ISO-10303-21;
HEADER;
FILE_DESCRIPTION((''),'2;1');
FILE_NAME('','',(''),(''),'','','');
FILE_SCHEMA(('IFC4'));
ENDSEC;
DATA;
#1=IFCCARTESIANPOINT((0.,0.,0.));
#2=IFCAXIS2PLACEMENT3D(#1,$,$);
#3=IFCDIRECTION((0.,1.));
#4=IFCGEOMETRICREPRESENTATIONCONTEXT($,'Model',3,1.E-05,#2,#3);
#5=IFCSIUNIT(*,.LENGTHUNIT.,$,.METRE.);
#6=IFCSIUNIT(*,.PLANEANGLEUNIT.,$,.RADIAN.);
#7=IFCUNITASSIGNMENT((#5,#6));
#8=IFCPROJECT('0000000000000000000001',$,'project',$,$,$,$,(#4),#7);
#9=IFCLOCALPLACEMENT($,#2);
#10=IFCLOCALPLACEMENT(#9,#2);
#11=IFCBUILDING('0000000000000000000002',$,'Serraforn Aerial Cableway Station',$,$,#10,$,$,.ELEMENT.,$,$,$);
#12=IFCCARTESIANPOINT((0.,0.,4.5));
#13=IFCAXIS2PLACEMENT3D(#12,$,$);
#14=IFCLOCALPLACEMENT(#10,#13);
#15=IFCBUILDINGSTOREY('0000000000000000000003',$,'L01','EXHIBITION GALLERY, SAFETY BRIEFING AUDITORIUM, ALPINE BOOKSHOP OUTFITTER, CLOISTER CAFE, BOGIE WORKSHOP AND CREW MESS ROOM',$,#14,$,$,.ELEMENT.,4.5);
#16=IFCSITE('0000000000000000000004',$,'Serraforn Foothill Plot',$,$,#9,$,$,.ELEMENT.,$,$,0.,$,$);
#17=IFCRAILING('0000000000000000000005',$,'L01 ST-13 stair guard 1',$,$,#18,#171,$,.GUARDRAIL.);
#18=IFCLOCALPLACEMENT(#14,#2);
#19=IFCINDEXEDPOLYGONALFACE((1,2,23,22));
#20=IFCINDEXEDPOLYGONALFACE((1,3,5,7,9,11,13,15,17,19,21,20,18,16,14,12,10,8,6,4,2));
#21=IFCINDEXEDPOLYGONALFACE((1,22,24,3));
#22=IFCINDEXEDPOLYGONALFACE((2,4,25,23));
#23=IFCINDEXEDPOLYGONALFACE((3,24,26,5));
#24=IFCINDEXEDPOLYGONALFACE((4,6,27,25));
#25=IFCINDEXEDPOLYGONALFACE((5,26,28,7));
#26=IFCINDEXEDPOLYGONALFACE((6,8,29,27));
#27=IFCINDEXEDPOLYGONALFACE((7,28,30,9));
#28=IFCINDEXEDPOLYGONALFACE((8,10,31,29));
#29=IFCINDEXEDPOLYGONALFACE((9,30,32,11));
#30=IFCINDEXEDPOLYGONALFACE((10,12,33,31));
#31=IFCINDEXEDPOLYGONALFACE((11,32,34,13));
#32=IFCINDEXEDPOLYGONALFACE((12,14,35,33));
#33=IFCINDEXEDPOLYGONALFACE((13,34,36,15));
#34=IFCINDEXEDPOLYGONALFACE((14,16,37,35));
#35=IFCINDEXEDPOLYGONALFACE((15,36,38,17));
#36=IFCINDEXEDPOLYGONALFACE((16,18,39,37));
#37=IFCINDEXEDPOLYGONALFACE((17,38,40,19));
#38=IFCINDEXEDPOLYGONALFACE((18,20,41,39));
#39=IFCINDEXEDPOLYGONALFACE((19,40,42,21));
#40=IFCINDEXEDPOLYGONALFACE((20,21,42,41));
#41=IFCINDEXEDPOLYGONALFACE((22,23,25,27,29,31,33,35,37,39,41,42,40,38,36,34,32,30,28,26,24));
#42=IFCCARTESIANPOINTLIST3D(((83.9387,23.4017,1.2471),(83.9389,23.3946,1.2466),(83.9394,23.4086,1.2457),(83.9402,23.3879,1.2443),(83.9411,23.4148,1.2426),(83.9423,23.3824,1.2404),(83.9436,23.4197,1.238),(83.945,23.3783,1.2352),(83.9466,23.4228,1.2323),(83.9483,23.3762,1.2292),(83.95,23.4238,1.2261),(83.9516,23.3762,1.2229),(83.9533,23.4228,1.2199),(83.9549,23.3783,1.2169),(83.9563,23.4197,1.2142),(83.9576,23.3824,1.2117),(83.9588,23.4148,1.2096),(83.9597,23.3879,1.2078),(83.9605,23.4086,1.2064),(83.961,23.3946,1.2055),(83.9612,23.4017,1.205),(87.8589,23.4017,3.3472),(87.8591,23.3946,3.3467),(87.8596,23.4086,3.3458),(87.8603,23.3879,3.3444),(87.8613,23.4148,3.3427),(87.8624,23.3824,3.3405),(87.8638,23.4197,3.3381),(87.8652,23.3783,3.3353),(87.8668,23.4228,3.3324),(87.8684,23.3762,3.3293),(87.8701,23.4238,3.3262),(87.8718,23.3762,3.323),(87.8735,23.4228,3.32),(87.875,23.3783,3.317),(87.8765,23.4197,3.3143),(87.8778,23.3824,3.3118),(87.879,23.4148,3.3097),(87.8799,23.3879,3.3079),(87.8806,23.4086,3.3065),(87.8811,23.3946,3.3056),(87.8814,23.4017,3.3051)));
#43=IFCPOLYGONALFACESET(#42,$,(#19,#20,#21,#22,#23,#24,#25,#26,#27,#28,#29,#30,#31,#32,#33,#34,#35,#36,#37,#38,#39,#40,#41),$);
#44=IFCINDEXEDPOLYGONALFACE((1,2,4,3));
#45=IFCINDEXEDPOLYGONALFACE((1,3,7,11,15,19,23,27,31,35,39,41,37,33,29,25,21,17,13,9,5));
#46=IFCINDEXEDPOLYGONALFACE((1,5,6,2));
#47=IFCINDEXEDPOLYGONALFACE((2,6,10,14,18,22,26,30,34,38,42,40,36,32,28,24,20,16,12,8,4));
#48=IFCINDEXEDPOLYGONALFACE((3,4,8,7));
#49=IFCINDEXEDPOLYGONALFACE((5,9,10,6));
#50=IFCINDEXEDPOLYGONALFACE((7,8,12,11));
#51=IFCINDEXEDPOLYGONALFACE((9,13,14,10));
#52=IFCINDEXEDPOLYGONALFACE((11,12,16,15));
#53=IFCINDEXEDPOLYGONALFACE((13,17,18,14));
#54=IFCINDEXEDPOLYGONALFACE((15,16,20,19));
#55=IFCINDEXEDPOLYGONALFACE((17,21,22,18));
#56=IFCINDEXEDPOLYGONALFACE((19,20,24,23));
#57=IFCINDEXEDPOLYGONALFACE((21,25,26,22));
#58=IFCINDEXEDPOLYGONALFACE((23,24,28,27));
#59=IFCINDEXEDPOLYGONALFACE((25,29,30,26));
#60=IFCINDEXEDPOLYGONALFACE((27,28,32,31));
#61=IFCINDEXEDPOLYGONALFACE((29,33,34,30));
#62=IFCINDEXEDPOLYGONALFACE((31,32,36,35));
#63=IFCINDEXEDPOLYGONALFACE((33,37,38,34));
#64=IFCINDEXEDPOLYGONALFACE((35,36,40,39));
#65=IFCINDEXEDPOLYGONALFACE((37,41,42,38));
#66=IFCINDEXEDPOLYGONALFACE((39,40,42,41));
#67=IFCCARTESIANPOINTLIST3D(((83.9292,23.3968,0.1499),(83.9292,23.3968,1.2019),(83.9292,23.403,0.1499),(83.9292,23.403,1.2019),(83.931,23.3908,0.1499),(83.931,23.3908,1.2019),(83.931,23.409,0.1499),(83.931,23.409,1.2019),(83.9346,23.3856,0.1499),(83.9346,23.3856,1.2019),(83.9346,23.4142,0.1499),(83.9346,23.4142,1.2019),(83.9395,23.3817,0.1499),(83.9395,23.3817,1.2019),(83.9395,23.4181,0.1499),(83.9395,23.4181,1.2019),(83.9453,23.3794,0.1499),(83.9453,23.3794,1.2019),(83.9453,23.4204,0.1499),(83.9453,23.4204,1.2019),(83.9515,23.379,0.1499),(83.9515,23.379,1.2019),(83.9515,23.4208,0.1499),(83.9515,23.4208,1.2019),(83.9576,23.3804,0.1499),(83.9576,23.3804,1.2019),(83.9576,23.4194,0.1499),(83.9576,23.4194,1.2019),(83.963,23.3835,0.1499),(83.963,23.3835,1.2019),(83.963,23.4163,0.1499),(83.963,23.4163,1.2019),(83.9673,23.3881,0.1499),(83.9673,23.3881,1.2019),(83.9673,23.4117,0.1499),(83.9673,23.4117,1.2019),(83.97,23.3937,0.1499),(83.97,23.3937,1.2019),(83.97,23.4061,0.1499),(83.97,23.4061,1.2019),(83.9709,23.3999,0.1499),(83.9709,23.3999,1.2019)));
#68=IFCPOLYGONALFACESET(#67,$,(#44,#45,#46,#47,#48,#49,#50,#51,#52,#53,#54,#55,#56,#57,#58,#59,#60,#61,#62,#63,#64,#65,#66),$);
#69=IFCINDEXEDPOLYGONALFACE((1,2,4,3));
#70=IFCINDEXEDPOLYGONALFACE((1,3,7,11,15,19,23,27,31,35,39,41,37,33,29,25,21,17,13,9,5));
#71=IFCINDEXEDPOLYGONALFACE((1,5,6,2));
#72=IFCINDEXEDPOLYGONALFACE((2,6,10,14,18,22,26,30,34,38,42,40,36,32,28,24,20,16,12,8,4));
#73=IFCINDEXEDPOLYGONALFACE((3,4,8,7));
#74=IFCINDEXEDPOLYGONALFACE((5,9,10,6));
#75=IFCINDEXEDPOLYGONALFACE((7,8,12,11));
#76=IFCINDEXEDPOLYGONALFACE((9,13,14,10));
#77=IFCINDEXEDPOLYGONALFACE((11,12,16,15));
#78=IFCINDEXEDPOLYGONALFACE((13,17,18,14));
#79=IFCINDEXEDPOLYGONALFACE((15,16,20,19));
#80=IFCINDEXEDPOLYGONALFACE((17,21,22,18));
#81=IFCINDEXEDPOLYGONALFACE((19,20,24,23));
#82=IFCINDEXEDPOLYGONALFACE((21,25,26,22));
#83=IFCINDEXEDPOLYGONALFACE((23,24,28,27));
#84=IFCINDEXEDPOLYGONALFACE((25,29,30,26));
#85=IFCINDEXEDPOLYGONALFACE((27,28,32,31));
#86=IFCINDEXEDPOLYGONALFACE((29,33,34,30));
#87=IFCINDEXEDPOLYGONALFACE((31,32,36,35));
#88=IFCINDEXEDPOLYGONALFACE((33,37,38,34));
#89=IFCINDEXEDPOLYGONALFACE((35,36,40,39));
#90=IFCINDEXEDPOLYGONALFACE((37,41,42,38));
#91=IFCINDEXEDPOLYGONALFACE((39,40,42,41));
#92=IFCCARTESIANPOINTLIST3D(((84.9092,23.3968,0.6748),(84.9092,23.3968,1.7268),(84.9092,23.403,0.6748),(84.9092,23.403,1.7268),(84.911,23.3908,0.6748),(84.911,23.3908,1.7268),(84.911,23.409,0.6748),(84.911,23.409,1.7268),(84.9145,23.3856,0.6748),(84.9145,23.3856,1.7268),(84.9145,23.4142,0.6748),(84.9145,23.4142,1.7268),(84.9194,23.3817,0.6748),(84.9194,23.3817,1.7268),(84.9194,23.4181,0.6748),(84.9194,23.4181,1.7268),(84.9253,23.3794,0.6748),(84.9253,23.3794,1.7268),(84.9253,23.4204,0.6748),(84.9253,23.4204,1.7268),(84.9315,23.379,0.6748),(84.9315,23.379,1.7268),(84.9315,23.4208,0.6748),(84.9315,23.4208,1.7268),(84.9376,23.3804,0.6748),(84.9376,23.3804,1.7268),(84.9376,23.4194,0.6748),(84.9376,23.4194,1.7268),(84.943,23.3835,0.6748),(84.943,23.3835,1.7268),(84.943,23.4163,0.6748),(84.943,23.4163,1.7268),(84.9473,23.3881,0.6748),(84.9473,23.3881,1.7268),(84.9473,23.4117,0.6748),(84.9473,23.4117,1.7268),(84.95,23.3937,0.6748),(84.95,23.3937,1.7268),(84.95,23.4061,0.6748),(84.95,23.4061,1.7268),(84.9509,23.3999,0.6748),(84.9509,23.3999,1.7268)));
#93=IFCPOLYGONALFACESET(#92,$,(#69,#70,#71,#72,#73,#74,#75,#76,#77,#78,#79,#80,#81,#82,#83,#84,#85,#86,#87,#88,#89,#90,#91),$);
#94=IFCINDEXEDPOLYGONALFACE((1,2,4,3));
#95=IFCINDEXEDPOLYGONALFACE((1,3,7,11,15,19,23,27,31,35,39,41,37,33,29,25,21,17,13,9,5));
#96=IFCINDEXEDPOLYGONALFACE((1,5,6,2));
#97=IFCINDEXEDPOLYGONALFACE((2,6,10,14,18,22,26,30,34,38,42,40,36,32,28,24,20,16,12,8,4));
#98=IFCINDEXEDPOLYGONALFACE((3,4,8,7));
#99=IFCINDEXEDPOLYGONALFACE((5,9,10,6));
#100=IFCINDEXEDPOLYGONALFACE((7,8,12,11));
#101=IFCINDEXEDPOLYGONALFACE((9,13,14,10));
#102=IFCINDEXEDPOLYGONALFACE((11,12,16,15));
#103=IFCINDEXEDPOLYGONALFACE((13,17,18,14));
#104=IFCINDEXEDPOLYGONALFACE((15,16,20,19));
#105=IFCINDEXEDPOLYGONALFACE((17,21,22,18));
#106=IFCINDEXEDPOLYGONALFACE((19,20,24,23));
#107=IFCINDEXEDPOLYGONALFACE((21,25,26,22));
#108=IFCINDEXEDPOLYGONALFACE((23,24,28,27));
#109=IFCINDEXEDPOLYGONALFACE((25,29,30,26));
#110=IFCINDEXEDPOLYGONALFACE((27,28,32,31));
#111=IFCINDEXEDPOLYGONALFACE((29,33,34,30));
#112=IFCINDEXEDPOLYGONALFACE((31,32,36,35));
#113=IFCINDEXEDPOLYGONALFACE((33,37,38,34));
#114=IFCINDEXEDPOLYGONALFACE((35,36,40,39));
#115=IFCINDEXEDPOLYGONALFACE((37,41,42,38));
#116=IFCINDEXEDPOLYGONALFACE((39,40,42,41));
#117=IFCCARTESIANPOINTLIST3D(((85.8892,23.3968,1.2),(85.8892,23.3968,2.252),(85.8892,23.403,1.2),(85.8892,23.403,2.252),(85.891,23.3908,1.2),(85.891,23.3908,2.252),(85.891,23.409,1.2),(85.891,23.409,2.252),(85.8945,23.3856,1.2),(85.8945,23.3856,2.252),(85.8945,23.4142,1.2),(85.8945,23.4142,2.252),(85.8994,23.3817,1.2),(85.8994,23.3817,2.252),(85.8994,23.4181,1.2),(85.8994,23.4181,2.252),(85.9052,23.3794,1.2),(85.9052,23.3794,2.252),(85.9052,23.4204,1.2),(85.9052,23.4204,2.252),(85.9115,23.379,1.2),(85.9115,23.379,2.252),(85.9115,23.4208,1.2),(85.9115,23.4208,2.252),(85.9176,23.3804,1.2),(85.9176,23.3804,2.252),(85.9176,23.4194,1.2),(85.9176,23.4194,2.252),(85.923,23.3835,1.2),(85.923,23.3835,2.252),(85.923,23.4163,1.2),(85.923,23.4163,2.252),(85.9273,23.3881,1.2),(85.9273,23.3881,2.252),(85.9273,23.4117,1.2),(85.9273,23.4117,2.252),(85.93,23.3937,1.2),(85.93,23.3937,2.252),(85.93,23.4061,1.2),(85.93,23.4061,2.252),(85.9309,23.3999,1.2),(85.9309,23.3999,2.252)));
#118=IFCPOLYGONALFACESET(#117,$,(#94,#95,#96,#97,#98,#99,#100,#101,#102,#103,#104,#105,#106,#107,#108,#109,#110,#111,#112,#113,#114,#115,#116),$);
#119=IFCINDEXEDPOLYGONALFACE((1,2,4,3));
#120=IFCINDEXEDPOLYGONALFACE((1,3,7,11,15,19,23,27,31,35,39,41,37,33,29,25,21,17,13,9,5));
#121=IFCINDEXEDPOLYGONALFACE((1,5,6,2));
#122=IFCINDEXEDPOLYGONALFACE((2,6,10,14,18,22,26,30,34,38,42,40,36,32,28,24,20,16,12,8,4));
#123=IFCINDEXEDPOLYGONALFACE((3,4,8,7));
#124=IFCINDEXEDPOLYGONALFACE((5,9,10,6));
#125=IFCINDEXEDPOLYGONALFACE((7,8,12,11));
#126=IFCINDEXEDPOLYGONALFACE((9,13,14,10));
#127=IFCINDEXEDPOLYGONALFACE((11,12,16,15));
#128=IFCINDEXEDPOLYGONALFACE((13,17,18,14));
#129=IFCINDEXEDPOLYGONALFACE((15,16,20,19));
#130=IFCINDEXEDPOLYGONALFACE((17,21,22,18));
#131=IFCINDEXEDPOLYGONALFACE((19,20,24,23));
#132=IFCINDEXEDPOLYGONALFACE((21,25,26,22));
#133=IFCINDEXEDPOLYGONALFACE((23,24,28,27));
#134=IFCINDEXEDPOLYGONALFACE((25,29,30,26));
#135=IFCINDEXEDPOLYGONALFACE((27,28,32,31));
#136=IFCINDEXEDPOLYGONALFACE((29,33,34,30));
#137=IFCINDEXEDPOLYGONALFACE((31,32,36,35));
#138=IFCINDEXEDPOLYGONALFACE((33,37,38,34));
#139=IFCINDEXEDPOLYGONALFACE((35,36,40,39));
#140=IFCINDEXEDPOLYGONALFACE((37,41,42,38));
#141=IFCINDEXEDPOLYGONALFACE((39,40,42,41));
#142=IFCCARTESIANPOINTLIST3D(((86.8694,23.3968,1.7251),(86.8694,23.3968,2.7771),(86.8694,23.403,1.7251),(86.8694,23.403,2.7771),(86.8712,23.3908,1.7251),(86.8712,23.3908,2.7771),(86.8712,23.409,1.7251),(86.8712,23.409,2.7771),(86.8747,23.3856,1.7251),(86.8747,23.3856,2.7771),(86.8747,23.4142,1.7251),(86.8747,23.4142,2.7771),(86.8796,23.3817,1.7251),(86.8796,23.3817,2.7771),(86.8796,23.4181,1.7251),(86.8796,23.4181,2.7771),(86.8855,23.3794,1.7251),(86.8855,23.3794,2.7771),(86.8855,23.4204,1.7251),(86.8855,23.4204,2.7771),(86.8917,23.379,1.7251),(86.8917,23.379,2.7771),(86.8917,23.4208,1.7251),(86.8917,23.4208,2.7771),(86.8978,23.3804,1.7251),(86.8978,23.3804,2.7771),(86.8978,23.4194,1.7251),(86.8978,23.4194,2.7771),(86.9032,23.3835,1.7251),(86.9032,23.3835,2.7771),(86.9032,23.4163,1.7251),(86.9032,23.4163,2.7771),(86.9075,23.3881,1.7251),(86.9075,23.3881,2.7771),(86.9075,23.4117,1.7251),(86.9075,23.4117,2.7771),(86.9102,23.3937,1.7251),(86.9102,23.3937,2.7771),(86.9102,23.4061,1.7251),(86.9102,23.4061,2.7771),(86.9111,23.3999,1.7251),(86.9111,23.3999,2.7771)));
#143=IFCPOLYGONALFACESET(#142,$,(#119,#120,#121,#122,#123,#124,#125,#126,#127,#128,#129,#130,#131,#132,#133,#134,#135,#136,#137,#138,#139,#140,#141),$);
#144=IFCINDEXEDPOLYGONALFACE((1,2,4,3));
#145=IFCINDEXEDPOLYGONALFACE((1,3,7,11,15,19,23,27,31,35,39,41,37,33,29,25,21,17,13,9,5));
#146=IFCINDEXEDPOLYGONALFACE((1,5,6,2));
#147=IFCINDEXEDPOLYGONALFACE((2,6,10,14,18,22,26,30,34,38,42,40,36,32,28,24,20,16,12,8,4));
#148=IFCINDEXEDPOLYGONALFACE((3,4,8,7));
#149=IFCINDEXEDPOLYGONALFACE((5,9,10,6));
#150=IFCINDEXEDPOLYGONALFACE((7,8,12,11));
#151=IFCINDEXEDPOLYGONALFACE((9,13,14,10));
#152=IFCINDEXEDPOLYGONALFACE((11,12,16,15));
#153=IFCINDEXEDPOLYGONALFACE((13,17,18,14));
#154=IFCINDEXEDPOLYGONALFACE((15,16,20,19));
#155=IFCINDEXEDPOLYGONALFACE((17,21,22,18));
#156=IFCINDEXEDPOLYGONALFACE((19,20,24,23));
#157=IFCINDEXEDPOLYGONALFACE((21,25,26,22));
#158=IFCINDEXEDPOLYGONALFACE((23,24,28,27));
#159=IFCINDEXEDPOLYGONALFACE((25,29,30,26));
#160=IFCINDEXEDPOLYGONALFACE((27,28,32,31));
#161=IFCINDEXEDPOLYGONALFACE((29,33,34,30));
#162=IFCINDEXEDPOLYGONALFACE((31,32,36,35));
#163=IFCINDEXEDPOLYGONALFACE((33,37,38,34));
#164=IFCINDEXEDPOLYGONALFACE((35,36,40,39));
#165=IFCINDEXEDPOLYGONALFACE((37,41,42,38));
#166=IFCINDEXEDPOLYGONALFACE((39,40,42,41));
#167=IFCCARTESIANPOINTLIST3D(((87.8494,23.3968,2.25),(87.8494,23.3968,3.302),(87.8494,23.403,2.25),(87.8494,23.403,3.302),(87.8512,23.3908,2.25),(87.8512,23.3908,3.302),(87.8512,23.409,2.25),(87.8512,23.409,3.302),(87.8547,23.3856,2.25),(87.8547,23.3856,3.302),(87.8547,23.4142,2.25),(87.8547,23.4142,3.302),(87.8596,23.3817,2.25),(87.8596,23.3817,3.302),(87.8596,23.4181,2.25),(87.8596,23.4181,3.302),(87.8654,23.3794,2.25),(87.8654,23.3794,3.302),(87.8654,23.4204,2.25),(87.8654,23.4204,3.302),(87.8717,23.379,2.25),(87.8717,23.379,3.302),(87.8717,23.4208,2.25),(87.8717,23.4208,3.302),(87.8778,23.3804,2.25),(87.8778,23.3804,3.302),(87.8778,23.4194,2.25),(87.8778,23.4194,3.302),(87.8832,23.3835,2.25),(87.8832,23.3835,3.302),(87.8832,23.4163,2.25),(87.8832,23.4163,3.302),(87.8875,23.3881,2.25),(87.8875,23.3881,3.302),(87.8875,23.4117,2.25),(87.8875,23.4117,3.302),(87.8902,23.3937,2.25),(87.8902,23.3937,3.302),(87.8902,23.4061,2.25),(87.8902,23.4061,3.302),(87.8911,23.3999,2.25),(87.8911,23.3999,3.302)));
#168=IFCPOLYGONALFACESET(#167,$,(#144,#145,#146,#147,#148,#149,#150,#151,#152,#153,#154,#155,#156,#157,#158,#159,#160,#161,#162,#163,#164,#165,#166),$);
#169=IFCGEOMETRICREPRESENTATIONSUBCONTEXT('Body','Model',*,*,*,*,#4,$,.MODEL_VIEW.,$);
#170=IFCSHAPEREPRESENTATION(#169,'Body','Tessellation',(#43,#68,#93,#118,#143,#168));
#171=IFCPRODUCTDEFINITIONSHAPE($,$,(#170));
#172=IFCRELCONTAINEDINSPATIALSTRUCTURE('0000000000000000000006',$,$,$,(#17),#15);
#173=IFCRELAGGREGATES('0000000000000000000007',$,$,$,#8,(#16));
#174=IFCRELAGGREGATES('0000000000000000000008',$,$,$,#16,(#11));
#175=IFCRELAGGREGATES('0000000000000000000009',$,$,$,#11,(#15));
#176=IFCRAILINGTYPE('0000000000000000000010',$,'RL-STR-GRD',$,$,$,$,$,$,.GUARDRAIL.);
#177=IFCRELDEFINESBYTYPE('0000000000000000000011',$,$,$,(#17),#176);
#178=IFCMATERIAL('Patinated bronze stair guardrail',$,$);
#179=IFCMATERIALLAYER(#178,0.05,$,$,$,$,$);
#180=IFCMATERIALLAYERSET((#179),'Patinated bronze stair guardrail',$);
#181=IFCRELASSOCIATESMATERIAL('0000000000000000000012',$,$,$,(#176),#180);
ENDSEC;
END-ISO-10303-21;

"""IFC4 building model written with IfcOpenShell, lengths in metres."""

from ifc_helpers import new_model, si_unit, direction, frame, origin, origin_2d, place, context, subcontext, project, spatial, circle, extrude, material, layer, layer_set, type_object, element, save


model = new_model("IFC4")

# Units and contexts
model_context = context("Model", 3, precision=1e-05, world=origin(), true_north=direction((0.0, 1.0)))
body_context = subcontext(model_context, "Body", "Model", "MODEL_VIEW")
ifc_project = project(units=[si_unit("LENGTHUNIT", "METRE"), si_unit("PLANEANGLEUNIT", "RADIAN")], contexts=[model_context])

# Site, building, storey
site_placement = place(None, origin())
site = spatial("IfcSite", under=ifc_project, at=site_placement, Name="Serraforn Foothill Plot", CompositionType="ELEMENT", RefElevation=0.0)
building_placement = place(site_placement, origin())
building = spatial("IfcBuilding", under=site, at=building_placement, Name="Serraforn Aerial Cableway Station", CompositionType="ELEMENT")
storey_placement = place(building_placement, frame((0.0, 0.0, 4.5)))
storey = spatial("IfcBuildingStorey", under=building, at=storey_placement, Name="L01", Description="EXHIBITION GALLERY, SAFETY BRIEFING AUDITORIUM, ALPINE BOOKSHOP OUTFITTER, CLOISTER CAFE, BOGIE WORKSHOP AND CREW MESS ROOM", CompositionType="ELEMENT", Elevation=4.5)

# Railing
ifc_material_1 = material(Name="Patinated bronze stair guardrail")
ifc_layer_1 = layer(ifc_material_1, 0.05)
ifc_layer_set_1 = layer_set([ifc_layer_1], Name="Patinated bronze stair guardrail")
railing_type_1 = type_object("IfcRailingType", Name="RL-STR-GRD", PredefinedType="GUARDRAIL", material=ifc_layer_set_1)
railing_1_placement = place(storey_placement, frame((83.95, 23.3999, 0.1499)))
element("IfcRailing", 1, at=railing_1_placement, inside=storey, type_object=railing_type_1, Name="L01 ST-13 stair guard 1", PredefinedType="GUARDRAIL", context=body_context, shape_type="SweptSolid", body=[
    extrude(circle(Radius=0.0239, at=origin_2d()), frame((0.0, 0.0, 1.0762), z_axis=(0.881479, 0.0, 0.472223), x_axis=(0.0, 1.0, 0.0)), (0.0, 0.0, 1.0), 4.4473),
    extrude(circle(Radius=0.021, at=origin_2d()), origin(), (0.0, 0.0, 1.0), 1.052),
    extrude(circle(Radius=0.021, at=origin_2d()), frame((0.98, 0.0, 0.5249)), (0.0, 0.0, 1.0), 1.052),
    extrude(circle(Radius=0.021, at=origin_2d()), frame((1.96, 0.0, 1.05)), (0.0, 0.0, 1.0), 1.052),
    extrude(circle(Radius=0.021, at=origin_2d()), frame((2.9402, 0.0, 1.5752)), (0.0, 0.0, 1.0), 1.052),
    extrude(circle(Radius=0.021, at=origin_2d()), frame((3.9202, 0.0, 2.1001)), (0.0, 0.0, 1.0), 1.052),
])

save(model, "model.ifc")
